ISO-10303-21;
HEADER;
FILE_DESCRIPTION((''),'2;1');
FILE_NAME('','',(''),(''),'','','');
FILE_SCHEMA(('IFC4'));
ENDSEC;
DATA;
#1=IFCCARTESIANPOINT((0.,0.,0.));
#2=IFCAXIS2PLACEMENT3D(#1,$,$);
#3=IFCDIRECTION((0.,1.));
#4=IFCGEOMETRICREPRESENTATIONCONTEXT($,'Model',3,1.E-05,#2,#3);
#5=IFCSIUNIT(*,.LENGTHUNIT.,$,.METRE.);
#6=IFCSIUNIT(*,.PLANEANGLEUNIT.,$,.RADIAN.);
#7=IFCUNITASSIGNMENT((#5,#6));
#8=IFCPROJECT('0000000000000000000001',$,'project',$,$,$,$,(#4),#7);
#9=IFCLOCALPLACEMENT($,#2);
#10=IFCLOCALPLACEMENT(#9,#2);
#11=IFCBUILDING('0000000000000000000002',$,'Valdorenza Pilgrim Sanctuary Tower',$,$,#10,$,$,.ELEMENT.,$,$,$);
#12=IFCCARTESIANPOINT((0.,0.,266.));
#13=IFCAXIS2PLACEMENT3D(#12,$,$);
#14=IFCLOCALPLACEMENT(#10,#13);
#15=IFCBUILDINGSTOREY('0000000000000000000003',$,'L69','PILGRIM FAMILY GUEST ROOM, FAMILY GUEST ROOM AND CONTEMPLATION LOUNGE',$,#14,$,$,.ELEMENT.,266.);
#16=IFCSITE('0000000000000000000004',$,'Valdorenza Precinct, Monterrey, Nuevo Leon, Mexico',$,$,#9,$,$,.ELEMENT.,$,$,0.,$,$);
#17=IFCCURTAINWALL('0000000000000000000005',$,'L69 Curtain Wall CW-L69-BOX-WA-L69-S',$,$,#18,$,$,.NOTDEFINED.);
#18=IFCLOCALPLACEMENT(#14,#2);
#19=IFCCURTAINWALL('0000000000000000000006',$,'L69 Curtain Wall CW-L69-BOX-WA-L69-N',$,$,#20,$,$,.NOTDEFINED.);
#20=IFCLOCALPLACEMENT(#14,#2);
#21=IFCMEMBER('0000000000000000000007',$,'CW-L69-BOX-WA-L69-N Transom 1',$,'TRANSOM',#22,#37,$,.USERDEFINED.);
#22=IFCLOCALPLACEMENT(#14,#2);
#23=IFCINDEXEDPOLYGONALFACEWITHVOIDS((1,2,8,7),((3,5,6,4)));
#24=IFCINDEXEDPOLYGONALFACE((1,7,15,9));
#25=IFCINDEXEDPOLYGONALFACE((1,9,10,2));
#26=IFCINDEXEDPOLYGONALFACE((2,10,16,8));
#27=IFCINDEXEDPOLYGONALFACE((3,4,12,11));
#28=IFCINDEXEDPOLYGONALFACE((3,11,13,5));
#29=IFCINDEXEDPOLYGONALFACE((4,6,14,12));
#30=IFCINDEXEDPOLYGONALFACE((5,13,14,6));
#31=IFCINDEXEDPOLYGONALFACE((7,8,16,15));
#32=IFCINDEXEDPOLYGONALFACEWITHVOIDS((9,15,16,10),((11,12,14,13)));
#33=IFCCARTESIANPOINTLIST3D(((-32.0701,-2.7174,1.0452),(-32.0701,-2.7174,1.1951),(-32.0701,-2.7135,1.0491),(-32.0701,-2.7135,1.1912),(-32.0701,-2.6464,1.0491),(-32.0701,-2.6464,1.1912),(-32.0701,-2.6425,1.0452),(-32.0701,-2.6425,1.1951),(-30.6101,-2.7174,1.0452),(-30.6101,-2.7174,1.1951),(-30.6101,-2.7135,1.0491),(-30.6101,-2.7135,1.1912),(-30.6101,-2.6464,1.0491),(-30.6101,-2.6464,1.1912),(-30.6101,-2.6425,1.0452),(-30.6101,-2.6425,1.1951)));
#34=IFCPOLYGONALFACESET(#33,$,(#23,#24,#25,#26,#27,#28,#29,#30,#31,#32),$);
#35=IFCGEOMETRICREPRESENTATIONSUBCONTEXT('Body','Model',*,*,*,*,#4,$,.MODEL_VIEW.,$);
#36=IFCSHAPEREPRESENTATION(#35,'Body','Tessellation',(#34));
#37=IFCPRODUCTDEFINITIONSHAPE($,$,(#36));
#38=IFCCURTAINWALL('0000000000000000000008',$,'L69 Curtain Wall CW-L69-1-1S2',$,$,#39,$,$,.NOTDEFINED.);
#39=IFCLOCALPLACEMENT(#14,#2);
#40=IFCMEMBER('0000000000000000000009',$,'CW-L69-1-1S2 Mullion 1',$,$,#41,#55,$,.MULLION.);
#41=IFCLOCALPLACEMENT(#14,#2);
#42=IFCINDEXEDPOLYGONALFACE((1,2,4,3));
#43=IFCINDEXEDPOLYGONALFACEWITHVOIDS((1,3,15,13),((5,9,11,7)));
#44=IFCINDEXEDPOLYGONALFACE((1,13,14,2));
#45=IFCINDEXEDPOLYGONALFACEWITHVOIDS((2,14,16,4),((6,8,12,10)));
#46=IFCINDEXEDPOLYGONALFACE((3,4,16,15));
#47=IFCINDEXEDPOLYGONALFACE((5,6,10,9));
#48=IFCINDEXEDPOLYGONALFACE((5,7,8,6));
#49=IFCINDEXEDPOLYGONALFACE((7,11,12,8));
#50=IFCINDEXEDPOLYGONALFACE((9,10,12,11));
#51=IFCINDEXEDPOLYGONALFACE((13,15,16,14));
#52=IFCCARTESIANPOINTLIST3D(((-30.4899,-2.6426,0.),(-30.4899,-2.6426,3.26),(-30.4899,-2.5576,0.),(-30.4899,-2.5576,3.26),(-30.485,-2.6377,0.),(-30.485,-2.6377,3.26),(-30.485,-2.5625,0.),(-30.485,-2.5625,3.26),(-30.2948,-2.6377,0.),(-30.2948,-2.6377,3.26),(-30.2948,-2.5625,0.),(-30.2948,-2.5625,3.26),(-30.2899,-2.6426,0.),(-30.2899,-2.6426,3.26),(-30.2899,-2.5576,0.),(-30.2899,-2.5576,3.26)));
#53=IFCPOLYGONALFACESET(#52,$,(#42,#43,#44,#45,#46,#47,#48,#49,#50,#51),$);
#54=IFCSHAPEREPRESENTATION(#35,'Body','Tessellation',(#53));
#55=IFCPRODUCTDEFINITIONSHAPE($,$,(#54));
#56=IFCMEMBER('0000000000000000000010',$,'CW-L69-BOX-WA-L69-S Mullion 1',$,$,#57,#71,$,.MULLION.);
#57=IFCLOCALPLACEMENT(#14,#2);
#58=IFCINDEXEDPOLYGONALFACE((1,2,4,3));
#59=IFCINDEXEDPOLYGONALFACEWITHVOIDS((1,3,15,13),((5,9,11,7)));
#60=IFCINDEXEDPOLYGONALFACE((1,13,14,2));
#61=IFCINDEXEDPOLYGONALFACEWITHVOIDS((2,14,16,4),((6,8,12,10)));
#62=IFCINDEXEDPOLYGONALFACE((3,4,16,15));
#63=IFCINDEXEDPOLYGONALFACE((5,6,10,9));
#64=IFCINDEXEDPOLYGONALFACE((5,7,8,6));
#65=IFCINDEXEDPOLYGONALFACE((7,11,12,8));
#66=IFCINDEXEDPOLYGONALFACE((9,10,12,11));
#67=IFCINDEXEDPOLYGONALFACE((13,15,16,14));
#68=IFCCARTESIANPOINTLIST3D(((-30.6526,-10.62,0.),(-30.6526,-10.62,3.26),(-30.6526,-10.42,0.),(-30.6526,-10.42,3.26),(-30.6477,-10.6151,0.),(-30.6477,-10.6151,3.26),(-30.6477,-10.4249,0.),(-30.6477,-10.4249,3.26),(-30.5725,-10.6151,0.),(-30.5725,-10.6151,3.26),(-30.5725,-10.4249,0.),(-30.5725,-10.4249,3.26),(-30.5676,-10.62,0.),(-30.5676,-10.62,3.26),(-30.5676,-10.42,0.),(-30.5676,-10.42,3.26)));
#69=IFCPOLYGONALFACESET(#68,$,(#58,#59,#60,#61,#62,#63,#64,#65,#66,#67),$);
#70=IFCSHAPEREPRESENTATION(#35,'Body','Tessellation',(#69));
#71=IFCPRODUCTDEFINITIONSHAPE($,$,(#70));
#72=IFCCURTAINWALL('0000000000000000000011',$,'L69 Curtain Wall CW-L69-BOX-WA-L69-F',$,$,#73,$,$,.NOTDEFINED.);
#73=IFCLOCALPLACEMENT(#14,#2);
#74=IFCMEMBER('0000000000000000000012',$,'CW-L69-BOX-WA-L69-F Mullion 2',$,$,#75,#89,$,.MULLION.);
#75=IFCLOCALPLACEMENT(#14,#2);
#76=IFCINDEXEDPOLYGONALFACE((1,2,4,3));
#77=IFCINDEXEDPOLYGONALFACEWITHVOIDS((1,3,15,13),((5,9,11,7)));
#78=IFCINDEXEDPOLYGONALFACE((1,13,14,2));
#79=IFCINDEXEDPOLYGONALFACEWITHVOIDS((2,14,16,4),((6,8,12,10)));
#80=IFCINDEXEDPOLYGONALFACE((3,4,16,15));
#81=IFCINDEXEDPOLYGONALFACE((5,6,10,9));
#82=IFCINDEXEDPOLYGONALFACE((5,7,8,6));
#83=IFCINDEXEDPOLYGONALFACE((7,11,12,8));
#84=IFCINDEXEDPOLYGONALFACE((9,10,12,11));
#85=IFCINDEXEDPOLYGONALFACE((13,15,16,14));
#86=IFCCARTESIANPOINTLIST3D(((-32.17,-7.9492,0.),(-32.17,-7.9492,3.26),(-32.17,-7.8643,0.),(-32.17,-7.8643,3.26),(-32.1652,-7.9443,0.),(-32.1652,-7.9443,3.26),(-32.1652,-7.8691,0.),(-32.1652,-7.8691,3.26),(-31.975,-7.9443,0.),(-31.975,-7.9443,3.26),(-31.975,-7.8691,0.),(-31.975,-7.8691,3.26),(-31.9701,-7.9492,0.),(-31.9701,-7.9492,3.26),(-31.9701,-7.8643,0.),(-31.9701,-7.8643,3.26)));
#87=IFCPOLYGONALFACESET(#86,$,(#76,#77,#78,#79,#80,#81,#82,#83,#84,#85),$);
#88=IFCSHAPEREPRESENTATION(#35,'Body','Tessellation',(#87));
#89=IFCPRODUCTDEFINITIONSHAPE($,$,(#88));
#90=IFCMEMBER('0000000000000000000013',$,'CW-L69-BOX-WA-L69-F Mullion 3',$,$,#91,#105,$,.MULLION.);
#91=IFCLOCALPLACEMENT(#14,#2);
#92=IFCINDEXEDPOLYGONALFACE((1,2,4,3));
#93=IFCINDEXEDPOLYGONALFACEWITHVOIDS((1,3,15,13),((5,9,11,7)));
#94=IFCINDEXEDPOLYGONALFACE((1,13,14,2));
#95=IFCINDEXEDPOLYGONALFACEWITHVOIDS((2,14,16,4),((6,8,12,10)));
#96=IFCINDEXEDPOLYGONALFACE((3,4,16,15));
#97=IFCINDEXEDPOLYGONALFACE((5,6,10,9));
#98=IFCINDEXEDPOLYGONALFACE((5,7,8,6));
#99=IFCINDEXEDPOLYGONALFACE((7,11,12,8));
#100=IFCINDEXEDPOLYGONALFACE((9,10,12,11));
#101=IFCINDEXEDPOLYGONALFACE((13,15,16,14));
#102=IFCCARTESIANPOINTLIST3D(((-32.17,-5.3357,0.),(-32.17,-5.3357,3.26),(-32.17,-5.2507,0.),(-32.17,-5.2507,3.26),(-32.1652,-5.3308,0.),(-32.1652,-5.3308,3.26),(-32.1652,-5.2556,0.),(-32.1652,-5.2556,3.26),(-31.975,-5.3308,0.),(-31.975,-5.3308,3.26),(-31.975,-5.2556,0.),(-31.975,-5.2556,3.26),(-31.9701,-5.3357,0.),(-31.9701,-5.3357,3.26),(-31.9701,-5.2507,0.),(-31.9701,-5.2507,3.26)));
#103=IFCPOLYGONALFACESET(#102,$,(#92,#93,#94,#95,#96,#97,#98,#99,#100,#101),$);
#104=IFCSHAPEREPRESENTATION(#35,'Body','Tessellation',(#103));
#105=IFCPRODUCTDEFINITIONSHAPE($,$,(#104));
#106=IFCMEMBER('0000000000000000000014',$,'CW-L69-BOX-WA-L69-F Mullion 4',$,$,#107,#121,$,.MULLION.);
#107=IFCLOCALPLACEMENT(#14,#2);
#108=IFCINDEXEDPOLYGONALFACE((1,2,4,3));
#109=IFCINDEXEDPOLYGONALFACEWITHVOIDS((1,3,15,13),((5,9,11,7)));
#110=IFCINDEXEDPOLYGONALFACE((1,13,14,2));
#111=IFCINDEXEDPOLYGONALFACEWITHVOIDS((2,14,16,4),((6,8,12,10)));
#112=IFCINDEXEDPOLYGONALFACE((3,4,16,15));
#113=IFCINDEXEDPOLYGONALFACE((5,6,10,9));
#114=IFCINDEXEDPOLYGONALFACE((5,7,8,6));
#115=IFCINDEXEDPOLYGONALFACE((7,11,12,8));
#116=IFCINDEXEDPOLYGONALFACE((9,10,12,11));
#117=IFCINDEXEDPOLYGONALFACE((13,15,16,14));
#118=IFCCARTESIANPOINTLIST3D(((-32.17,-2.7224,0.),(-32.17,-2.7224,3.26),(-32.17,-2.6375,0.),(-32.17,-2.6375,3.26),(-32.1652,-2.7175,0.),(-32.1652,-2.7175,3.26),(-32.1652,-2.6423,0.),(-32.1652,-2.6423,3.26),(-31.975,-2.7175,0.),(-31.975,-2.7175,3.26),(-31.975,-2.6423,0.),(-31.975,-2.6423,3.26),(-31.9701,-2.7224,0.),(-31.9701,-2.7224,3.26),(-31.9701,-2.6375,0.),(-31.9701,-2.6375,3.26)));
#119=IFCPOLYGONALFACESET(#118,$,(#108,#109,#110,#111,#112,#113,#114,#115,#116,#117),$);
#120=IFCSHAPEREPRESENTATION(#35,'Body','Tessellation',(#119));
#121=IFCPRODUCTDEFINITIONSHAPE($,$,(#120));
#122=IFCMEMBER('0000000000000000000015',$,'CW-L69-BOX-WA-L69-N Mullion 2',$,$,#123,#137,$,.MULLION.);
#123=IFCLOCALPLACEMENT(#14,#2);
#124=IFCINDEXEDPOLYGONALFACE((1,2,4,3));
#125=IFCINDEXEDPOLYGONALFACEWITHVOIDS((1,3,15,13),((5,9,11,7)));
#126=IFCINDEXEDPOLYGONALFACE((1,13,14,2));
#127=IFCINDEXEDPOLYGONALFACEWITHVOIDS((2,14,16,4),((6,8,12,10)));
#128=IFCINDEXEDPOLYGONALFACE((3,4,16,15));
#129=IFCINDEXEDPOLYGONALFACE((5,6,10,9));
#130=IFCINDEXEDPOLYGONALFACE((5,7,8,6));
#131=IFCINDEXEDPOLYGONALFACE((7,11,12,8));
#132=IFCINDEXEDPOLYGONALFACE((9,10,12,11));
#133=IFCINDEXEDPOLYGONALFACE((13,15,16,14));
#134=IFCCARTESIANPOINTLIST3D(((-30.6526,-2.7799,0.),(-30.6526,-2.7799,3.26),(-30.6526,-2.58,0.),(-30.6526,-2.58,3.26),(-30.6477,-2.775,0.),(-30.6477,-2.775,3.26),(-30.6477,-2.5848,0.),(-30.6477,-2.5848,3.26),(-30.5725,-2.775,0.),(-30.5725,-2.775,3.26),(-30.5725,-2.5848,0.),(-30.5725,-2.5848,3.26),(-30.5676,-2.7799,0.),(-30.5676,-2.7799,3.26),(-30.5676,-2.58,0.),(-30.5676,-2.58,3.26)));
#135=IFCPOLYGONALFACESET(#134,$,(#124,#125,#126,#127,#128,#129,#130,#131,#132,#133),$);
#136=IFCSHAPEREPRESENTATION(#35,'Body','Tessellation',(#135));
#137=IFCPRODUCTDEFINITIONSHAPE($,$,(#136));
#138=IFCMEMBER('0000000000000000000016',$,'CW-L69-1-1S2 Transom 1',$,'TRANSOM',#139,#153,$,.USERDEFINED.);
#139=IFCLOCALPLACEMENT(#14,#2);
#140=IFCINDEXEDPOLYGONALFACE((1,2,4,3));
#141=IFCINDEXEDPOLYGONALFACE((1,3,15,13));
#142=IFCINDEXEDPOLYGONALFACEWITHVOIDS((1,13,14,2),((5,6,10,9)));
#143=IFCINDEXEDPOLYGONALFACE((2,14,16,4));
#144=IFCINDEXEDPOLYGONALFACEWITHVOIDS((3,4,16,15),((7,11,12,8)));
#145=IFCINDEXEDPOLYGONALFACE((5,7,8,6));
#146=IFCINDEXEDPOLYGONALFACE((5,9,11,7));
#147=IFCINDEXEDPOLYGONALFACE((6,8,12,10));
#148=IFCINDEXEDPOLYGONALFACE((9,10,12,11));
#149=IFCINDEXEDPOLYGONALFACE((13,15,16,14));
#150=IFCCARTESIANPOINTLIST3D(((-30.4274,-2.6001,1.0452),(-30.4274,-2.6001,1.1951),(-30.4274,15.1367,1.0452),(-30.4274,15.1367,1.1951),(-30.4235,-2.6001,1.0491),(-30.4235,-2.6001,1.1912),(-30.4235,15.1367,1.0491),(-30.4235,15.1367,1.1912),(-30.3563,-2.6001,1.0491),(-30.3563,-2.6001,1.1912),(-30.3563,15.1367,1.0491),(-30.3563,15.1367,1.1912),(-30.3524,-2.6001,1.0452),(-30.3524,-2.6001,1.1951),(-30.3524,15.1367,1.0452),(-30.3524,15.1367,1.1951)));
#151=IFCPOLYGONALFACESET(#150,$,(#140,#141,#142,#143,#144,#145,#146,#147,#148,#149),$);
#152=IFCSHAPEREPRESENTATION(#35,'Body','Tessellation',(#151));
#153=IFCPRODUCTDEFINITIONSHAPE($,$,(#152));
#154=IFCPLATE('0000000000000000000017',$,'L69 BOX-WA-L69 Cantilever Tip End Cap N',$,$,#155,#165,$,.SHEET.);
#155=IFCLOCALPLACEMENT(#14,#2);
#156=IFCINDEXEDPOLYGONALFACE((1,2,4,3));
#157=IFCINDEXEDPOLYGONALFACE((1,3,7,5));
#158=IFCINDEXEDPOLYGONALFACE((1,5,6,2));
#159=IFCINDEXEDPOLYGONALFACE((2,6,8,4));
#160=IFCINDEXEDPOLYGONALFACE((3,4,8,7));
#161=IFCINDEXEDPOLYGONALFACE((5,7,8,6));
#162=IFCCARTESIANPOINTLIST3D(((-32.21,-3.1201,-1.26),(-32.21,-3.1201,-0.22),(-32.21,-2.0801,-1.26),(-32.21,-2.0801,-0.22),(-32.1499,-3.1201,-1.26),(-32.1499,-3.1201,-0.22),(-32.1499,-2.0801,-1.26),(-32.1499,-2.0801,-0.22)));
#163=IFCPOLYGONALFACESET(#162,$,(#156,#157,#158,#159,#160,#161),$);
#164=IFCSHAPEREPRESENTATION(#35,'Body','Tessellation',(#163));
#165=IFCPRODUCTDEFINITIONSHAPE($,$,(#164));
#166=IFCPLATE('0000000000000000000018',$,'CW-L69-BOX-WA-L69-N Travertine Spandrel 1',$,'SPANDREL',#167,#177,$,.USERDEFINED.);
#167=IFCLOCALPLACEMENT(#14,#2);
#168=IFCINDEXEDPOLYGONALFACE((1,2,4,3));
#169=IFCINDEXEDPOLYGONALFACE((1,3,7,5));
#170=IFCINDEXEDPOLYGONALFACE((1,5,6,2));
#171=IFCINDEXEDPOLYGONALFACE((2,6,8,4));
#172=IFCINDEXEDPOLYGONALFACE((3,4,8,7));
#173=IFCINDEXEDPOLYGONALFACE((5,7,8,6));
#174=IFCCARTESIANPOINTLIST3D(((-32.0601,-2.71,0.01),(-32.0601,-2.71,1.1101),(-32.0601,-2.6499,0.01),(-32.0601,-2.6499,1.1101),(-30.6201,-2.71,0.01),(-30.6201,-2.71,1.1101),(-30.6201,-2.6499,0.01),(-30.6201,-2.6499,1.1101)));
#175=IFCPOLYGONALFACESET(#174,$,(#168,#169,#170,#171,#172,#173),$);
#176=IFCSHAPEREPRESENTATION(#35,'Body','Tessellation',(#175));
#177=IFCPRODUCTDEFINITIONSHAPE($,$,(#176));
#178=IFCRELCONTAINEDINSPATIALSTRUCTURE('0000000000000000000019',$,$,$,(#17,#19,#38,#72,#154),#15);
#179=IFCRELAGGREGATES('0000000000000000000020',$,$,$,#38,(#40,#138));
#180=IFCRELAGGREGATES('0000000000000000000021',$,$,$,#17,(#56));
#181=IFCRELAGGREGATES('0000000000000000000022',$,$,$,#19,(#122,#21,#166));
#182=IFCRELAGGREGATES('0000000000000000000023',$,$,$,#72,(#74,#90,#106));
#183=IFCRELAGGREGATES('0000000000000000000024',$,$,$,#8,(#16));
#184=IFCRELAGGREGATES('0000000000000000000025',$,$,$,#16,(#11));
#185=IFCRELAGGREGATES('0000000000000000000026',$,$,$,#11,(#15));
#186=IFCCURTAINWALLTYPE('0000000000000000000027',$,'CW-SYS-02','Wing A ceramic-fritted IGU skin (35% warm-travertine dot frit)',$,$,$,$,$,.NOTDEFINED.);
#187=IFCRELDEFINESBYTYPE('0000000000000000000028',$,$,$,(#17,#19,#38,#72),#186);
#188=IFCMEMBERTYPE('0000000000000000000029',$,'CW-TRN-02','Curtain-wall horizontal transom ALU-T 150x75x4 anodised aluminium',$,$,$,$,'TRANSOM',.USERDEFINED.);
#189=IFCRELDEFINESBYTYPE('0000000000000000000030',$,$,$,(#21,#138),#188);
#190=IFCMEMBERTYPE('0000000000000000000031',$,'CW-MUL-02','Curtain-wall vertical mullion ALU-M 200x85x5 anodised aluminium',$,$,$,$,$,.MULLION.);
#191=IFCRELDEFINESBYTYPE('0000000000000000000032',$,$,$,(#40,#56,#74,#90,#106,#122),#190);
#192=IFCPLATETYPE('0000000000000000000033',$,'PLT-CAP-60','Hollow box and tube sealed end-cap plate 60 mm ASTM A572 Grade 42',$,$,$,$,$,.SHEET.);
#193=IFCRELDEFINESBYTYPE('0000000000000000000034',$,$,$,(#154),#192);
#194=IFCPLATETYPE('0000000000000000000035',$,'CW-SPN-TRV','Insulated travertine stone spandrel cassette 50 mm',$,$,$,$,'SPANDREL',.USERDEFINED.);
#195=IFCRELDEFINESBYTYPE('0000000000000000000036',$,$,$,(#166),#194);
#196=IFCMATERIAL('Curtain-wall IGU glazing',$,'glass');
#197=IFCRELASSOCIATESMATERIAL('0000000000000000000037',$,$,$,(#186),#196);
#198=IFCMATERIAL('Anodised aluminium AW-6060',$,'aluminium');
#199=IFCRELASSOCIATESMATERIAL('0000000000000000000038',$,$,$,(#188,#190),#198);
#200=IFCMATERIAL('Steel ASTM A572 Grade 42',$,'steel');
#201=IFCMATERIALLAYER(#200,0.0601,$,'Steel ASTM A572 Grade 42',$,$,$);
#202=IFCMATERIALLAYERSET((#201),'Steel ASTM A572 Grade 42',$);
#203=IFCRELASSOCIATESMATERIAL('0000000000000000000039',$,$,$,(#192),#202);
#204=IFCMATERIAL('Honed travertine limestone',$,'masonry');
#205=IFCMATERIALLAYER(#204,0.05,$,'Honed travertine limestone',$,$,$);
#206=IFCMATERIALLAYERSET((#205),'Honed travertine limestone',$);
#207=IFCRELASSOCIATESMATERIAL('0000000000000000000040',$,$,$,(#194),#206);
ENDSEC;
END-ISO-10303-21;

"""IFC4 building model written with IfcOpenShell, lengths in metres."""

from ifc_helpers import new_model, si_unit, direction, frame, origin, origin_2d, place, context, subcontext, project, spatial, rectangle, hollow_rectangle, extrude, source, transform, mapped, material, layer, layer_set, material_profile, profile_set, type_object, element, aggregate, save


model = new_model("IFC4")

# Units and contexts
model_context = context("Model", 3, precision=1e-05, world=origin(), true_north=direction((0.0, 1.0)))
body_context = subcontext(model_context, "Body", "Model", "MODEL_VIEW")
ifc_project = project(units=[si_unit("LENGTHUNIT", "METRE"), si_unit("PLANEANGLEUNIT", "RADIAN")], contexts=[model_context])

# Site, building, storey
site_placement = place(None, origin())
site = spatial("IfcSite", under=ifc_project, at=site_placement, Name="Valdorenza Precinct, Monterrey, Nuevo Leon, Mexico", CompositionType="ELEMENT", RefElevation=0.0)
building_placement = place(site_placement, origin())
building = spatial("IfcBuilding", under=site, at=building_placement, Name="Valdorenza Pilgrim Sanctuary Tower", CompositionType="ELEMENT")
storey_placement = place(building_placement, frame((0.0, 0.0, 266.0)))
storey = spatial("IfcBuildingStorey", under=building, at=storey_placement, Name="L69", Description="PILGRIM FAMILY GUEST ROOM, FAMILY GUEST ROOM AND CONTEMPLATION LOUNGE", CompositionType="ELEMENT", Elevation=266.0)

# Shared definitions
ifc_material_1 = material(Name="Steel ASTM A572 Grade 42", Category="steel")

# Curtain walls, members
ifc_material_2 = material(Name="Curtain-wall IGU glazing", Category="glass")
curtain_wall_type = type_object("IfcCurtainWallType", Name="CW-SYS-02", Description="Wing A ceramic-fritted IGU skin (35% warm-travertine dot frit)", PredefinedType="NOTDEFINED", material=ifc_material_2)
curtain_wall_1_placement = place(storey_placement, origin())
curtain_wall_1 = element("IfcCurtainWall", 1, at=curtain_wall_1_placement, inside=storey, type_object=curtain_wall_type, Name="L69 Curtain Wall CW-L69-BOX-WA-L69-S", PredefinedType="NOTDEFINED")
ifc_material_3 = material(Name="Anodised aluminium AW-6060", Category="aluminium")
ifc_material_profile_1 = material_profile(ifc_material_3, hollow_rectangle(XDim=0.075, YDim=0.1499, WallThickness=0.0039, at=origin_2d()), Name="ALU-T 150x75x4")
ifc_profile_set_1 = profile_set([ifc_material_profile_1], Name="Anodised aluminium AW-6060")
member_type_1 = type_object("IfcMemberType", Name="CW-TRN-02", Description="Curtain-wall horizontal transom ALU-T 150x75x4 anodised aluminium", ElementType="TRANSOM", PredefinedType="USERDEFINED", material=ifc_profile_set_1)
shared_shape_1 = source(origin(), body_context, "Body", "SweptSolid", [
    extrude(hollow_rectangle(XDim=0.075, YDim=0.1499, WallThickness=0.0039, at=origin_2d()), origin(), (0.0, 0.0, 1.0), 1.46),
])
curtain_wall_2_placement = place(storey_placement, origin())
curtain_wall_2 = element("IfcCurtainWall", 2, at=curtain_wall_2_placement, inside=storey, type_object=curtain_wall_type, Name="L69 Curtain Wall CW-L69-BOX-WA-L69-N", PredefinedType="NOTDEFINED")
member_1_placement = place(storey_placement, frame((-32.0701, -2.6799, 1.1201), z_axis=(1.0, 0.0, 0.0), x_axis=(0.0, 1.0, 0.0)))
member_1 = element("IfcMember", 3, at=member_1_placement, type_object=member_type_1, Name="CW-L69-BOX-WA-L69-N Transom 1", ObjectType="TRANSOM", PredefinedType="USERDEFINED", context=body_context, shape_type="MappedRepresentation", body=[
    mapped(shared_shape_1, transform((0.0, 0.0, 0.0), x_axis=(1.0, 0.0, 0.0), y_axis=(0.0, 1.0, 0.0), z_axis=(0.0, 0.0, 1.0), scale=1.0)),
])
curtain_wall_3_placement = place(storey_placement, origin())
curtain_wall_3 = element("IfcCurtainWall", 4, at=curtain_wall_3_placement, inside=storey, type_object=curtain_wall_type, Name="L69 Curtain Wall CW-L69-1-1S2", PredefinedType="NOTDEFINED")
ifc_material_profile_2 = material_profile(ifc_material_3, hollow_rectangle(XDim=0.085, YDim=0.2, WallThickness=0.0049, at=origin_2d()), Name="ALU-M 200x85x5")
ifc_profile_set_2 = profile_set([ifc_material_profile_2], Name="Anodised aluminium AW-6060")
member_type_2 = type_object("IfcMemberType", Name="CW-MUL-02", Description="Curtain-wall vertical mullion ALU-M 200x85x5 anodised aluminium", PredefinedType="MULLION", material=ifc_profile_set_2)
shared_shape_2 = source(origin(), body_context, "Body", "SweptSolid", [
    extrude(hollow_rectangle(XDim=0.085, YDim=0.2, WallThickness=0.0049, at=origin_2d()), origin(), (0.0, 0.0, 1.0), 3.26),
])
member_2_placement = place(storey_placement, frame((-30.3899, -2.6001, 0.0), z_axis=(0.0, 0.0, 1.0), x_axis=(0.0, 1.0, 0.0)))
member_2 = element("IfcMember", 5, at=member_2_placement, type_object=member_type_2, Name="CW-L69-1-1S2 Mullion 1", PredefinedType="MULLION", context=body_context, shape_type="MappedRepresentation", body=[
    mapped(shared_shape_2, transform((0.0, 0.0, 0.0), x_axis=(1.0, 0.0, 0.0), y_axis=(0.0, 1.0, 0.0), z_axis=(0.0, 0.0, 1.0), scale=1.0)),
])

# Member
member_3_placement = place(storey_placement, frame((-30.6101, -10.52, 0.0), z_axis=(0.0, 0.0, 1.0), x_axis=(-1.0, 0.0, 0.0)))
member_3 = element("IfcMember", 6, at=member_3_placement, type_object=member_type_2, Name="CW-L69-BOX-WA-L69-S Mullion 1", PredefinedType="MULLION", context=body_context, shape_type="MappedRepresentation", body=[
    mapped(shared_shape_2, transform((0.0, 0.0, 0.0), x_axis=(1.0, 0.0, 0.0), y_axis=(0.0, 1.0, 0.0), z_axis=(0.0, 0.0, 1.0), scale=1.0)),
])

# Curtain wall, members
curtain_wall_4_placement = place(storey_placement, origin())
curtain_wall_4 = element("IfcCurtainWall", 7, at=curtain_wall_4_placement, inside=storey, type_object=curtain_wall_type, Name="L69 Curtain Wall CW-L69-BOX-WA-L69-F", PredefinedType="NOTDEFINED")
member_4_placement = place(storey_placement, frame((-32.0701, -7.9067, 0.0), z_axis=(0.0, 0.0, 1.0), x_axis=(0.0, 1.0, 0.0)))
member_4 = element("IfcMember", 8, at=member_4_placement, type_object=member_type_2, Name="CW-L69-BOX-WA-L69-F Mullion 2", PredefinedType="MULLION", context=body_context, shape_type="MappedRepresentation", body=[
    mapped(shared_shape_2, transform((0.0, 0.0, 0.0), x_axis=(1.0, 0.0, 0.0), y_axis=(0.0, 1.0, 0.0), z_axis=(0.0, 0.0, 1.0), scale=1.0)),
])
member_5_placement = place(storey_placement, frame((-32.0701, -5.2932, 0.0), z_axis=(0.0, 0.0, 1.0), x_axis=(0.0, 1.0, 0.0)))
member_5 = element("IfcMember", 9, at=member_5_placement, type_object=member_type_2, Name="CW-L69-BOX-WA-L69-F Mullion 3", PredefinedType="MULLION", context=body_context, shape_type="MappedRepresentation", body=[
    mapped(shared_shape_2, transform((0.0, 0.0, 0.0), x_axis=(1.0, 0.0, 0.0), y_axis=(0.0, 1.0, 0.0), z_axis=(0.0, 0.0, 1.0), scale=1.0)),
])
member_6_placement = place(storey_placement, frame((-32.0701, -2.6799, 0.0), z_axis=(0.0, 0.0, 1.0), x_axis=(0.0, 1.0, 0.0)))
member_6 = element("IfcMember", 10, at=member_6_placement, type_object=member_type_2, Name="CW-L69-BOX-WA-L69-F Mullion 4", PredefinedType="MULLION", context=body_context, shape_type="MappedRepresentation", body=[
    mapped(shared_shape_2, transform((0.0, 0.0, 0.0), x_axis=(1.0, 0.0, 0.0), y_axis=(0.0, 1.0, 0.0), z_axis=(0.0, 0.0, 1.0), scale=1.0)),
])

# Members
member_7_placement = place(storey_placement, frame((-30.6101, -2.6799, 0.0), z_axis=(0.0, 0.0, 1.0), x_axis=(1.0, 0.0, 0.0)))
member_7 = element("IfcMember", 11, at=member_7_placement, type_object=member_type_2, Name="CW-L69-BOX-WA-L69-N Mullion 2", PredefinedType="MULLION", context=body_context, shape_type="MappedRepresentation", body=[
    mapped(shared_shape_2, transform((0.0, 0.0, 0.0), x_axis=(1.0, 0.0, 0.0), y_axis=(0.0, 1.0, 0.0), z_axis=(0.0, 0.0, 1.0), scale=1.0)),
])
shared_shape_3 = source(origin(), body_context, "Body", "SweptSolid", [
    extrude(hollow_rectangle(XDim=0.075, YDim=0.1499, WallThickness=0.0039, at=origin_2d()), origin(), (0.0, 0.0, 1.0), 17.7368),
])
member_8_placement = place(storey_placement, frame((-30.3899, -2.6001, 1.1201), z_axis=(0.0, 1.0, 0.0), x_axis=(-1.0, 0.0, 0.0)))
member_8 = element("IfcMember", 12, at=member_8_placement, type_object=member_type_1, Name="CW-L69-1-1S2 Transom 1", ObjectType="TRANSOM", PredefinedType="USERDEFINED", context=body_context, shape_type="MappedRepresentation", body=[
    mapped(shared_shape_3, transform((0.0, 0.0, 0.0), x_axis=(1.0, 0.0, 0.0), y_axis=(0.0, 1.0, 0.0), z_axis=(0.0, 0.0, 1.0), scale=1.0)),
])
aggregate(curtain_wall_3, [member_2, member_8])

# Plates
ifc_layer_1 = layer(ifc_material_1, 0.0601, Name="Steel ASTM A572 Grade 42")
ifc_layer_set_1 = layer_set([ifc_layer_1], Name="Steel ASTM A572 Grade 42")
plate_type_1 = type_object("IfcPlateType", Name="PLT-CAP-60", Description="Hollow box and tube sealed end-cap plate 60 mm ASTM A572 Grade 42", PredefinedType="SHEET", material=ifc_layer_set_1)
shared_shape_4 = source(origin(), body_context, "Body", "SweptSolid", [
    extrude(rectangle(XDim=0.0601, YDim=1.04, at=origin_2d()), origin(), (0.0, 0.0, 1.0), 1.04),
])
plate_1_placement = place(storey_placement, frame((-32.1799, -2.6001, -1.26), z_axis=(0.0, 0.0, 1.0), x_axis=(1.0, 0.0, 0.0)))
element("IfcPlate", 13, at=plate_1_placement, inside=storey, type_object=plate_type_1, Name="L69 BOX-WA-L69 Cantilever Tip End Cap N", PredefinedType="SHEET", context=body_context, shape_type="MappedRepresentation", body=[
    mapped(shared_shape_4, transform((0.0, 0.0, 0.0), x_axis=(1.0, 0.0, 0.0), y_axis=(0.0, 1.0, 0.0), z_axis=(0.0, 0.0, 1.0), scale=1.0)),
])
ifc_material_4 = material(Name="Honed travertine limestone", Category="masonry")
ifc_layer_2 = layer(ifc_material_4, 0.05, Name="Honed travertine limestone")
ifc_layer_set_2 = layer_set([ifc_layer_2], Name="Honed travertine limestone")
plate_type_2 = type_object("IfcPlateType", Name="CW-SPN-TRV", Description="Insulated travertine stone spandrel cassette 50 mm", ElementType="SPANDREL", PredefinedType="USERDEFINED", material=ifc_layer_set_2)
shared_shape_5 = source(origin(), body_context, "Body", "SweptSolid", [
    extrude(rectangle(XDim=1.4399, YDim=0.0601, at=origin_2d()), origin(), (0.0, 0.0, 1.0), 1.1001),
])
plate_2_placement = place(storey_placement, frame((-31.3401, -2.6799, 0.01), z_axis=(0.0, 0.0, 1.0), x_axis=(1.0, 0.0, 0.0)))
plate_2 = element("IfcPlate", 14, at=plate_2_placement, type_object=plate_type_2, Name="CW-L69-BOX-WA-L69-N Travertine Spandrel 1", ObjectType="SPANDREL", PredefinedType="USERDEFINED", context=body_context, shape_type="MappedRepresentation", body=[
    mapped(shared_shape_5, transform((0.0, 0.0, 0.0), x_axis=(1.0, 0.0, 0.0), y_axis=(0.0, 1.0, 0.0), z_axis=(0.0, 0.0, 1.0), scale=1.0)),
])
aggregate(curtain_wall_1, [member_3])
aggregate(curtain_wall_2, [member_7, member_1, plate_2])
aggregate(curtain_wall_4, [member_4, member_5, member_6])

save(model, "model.ifc")
